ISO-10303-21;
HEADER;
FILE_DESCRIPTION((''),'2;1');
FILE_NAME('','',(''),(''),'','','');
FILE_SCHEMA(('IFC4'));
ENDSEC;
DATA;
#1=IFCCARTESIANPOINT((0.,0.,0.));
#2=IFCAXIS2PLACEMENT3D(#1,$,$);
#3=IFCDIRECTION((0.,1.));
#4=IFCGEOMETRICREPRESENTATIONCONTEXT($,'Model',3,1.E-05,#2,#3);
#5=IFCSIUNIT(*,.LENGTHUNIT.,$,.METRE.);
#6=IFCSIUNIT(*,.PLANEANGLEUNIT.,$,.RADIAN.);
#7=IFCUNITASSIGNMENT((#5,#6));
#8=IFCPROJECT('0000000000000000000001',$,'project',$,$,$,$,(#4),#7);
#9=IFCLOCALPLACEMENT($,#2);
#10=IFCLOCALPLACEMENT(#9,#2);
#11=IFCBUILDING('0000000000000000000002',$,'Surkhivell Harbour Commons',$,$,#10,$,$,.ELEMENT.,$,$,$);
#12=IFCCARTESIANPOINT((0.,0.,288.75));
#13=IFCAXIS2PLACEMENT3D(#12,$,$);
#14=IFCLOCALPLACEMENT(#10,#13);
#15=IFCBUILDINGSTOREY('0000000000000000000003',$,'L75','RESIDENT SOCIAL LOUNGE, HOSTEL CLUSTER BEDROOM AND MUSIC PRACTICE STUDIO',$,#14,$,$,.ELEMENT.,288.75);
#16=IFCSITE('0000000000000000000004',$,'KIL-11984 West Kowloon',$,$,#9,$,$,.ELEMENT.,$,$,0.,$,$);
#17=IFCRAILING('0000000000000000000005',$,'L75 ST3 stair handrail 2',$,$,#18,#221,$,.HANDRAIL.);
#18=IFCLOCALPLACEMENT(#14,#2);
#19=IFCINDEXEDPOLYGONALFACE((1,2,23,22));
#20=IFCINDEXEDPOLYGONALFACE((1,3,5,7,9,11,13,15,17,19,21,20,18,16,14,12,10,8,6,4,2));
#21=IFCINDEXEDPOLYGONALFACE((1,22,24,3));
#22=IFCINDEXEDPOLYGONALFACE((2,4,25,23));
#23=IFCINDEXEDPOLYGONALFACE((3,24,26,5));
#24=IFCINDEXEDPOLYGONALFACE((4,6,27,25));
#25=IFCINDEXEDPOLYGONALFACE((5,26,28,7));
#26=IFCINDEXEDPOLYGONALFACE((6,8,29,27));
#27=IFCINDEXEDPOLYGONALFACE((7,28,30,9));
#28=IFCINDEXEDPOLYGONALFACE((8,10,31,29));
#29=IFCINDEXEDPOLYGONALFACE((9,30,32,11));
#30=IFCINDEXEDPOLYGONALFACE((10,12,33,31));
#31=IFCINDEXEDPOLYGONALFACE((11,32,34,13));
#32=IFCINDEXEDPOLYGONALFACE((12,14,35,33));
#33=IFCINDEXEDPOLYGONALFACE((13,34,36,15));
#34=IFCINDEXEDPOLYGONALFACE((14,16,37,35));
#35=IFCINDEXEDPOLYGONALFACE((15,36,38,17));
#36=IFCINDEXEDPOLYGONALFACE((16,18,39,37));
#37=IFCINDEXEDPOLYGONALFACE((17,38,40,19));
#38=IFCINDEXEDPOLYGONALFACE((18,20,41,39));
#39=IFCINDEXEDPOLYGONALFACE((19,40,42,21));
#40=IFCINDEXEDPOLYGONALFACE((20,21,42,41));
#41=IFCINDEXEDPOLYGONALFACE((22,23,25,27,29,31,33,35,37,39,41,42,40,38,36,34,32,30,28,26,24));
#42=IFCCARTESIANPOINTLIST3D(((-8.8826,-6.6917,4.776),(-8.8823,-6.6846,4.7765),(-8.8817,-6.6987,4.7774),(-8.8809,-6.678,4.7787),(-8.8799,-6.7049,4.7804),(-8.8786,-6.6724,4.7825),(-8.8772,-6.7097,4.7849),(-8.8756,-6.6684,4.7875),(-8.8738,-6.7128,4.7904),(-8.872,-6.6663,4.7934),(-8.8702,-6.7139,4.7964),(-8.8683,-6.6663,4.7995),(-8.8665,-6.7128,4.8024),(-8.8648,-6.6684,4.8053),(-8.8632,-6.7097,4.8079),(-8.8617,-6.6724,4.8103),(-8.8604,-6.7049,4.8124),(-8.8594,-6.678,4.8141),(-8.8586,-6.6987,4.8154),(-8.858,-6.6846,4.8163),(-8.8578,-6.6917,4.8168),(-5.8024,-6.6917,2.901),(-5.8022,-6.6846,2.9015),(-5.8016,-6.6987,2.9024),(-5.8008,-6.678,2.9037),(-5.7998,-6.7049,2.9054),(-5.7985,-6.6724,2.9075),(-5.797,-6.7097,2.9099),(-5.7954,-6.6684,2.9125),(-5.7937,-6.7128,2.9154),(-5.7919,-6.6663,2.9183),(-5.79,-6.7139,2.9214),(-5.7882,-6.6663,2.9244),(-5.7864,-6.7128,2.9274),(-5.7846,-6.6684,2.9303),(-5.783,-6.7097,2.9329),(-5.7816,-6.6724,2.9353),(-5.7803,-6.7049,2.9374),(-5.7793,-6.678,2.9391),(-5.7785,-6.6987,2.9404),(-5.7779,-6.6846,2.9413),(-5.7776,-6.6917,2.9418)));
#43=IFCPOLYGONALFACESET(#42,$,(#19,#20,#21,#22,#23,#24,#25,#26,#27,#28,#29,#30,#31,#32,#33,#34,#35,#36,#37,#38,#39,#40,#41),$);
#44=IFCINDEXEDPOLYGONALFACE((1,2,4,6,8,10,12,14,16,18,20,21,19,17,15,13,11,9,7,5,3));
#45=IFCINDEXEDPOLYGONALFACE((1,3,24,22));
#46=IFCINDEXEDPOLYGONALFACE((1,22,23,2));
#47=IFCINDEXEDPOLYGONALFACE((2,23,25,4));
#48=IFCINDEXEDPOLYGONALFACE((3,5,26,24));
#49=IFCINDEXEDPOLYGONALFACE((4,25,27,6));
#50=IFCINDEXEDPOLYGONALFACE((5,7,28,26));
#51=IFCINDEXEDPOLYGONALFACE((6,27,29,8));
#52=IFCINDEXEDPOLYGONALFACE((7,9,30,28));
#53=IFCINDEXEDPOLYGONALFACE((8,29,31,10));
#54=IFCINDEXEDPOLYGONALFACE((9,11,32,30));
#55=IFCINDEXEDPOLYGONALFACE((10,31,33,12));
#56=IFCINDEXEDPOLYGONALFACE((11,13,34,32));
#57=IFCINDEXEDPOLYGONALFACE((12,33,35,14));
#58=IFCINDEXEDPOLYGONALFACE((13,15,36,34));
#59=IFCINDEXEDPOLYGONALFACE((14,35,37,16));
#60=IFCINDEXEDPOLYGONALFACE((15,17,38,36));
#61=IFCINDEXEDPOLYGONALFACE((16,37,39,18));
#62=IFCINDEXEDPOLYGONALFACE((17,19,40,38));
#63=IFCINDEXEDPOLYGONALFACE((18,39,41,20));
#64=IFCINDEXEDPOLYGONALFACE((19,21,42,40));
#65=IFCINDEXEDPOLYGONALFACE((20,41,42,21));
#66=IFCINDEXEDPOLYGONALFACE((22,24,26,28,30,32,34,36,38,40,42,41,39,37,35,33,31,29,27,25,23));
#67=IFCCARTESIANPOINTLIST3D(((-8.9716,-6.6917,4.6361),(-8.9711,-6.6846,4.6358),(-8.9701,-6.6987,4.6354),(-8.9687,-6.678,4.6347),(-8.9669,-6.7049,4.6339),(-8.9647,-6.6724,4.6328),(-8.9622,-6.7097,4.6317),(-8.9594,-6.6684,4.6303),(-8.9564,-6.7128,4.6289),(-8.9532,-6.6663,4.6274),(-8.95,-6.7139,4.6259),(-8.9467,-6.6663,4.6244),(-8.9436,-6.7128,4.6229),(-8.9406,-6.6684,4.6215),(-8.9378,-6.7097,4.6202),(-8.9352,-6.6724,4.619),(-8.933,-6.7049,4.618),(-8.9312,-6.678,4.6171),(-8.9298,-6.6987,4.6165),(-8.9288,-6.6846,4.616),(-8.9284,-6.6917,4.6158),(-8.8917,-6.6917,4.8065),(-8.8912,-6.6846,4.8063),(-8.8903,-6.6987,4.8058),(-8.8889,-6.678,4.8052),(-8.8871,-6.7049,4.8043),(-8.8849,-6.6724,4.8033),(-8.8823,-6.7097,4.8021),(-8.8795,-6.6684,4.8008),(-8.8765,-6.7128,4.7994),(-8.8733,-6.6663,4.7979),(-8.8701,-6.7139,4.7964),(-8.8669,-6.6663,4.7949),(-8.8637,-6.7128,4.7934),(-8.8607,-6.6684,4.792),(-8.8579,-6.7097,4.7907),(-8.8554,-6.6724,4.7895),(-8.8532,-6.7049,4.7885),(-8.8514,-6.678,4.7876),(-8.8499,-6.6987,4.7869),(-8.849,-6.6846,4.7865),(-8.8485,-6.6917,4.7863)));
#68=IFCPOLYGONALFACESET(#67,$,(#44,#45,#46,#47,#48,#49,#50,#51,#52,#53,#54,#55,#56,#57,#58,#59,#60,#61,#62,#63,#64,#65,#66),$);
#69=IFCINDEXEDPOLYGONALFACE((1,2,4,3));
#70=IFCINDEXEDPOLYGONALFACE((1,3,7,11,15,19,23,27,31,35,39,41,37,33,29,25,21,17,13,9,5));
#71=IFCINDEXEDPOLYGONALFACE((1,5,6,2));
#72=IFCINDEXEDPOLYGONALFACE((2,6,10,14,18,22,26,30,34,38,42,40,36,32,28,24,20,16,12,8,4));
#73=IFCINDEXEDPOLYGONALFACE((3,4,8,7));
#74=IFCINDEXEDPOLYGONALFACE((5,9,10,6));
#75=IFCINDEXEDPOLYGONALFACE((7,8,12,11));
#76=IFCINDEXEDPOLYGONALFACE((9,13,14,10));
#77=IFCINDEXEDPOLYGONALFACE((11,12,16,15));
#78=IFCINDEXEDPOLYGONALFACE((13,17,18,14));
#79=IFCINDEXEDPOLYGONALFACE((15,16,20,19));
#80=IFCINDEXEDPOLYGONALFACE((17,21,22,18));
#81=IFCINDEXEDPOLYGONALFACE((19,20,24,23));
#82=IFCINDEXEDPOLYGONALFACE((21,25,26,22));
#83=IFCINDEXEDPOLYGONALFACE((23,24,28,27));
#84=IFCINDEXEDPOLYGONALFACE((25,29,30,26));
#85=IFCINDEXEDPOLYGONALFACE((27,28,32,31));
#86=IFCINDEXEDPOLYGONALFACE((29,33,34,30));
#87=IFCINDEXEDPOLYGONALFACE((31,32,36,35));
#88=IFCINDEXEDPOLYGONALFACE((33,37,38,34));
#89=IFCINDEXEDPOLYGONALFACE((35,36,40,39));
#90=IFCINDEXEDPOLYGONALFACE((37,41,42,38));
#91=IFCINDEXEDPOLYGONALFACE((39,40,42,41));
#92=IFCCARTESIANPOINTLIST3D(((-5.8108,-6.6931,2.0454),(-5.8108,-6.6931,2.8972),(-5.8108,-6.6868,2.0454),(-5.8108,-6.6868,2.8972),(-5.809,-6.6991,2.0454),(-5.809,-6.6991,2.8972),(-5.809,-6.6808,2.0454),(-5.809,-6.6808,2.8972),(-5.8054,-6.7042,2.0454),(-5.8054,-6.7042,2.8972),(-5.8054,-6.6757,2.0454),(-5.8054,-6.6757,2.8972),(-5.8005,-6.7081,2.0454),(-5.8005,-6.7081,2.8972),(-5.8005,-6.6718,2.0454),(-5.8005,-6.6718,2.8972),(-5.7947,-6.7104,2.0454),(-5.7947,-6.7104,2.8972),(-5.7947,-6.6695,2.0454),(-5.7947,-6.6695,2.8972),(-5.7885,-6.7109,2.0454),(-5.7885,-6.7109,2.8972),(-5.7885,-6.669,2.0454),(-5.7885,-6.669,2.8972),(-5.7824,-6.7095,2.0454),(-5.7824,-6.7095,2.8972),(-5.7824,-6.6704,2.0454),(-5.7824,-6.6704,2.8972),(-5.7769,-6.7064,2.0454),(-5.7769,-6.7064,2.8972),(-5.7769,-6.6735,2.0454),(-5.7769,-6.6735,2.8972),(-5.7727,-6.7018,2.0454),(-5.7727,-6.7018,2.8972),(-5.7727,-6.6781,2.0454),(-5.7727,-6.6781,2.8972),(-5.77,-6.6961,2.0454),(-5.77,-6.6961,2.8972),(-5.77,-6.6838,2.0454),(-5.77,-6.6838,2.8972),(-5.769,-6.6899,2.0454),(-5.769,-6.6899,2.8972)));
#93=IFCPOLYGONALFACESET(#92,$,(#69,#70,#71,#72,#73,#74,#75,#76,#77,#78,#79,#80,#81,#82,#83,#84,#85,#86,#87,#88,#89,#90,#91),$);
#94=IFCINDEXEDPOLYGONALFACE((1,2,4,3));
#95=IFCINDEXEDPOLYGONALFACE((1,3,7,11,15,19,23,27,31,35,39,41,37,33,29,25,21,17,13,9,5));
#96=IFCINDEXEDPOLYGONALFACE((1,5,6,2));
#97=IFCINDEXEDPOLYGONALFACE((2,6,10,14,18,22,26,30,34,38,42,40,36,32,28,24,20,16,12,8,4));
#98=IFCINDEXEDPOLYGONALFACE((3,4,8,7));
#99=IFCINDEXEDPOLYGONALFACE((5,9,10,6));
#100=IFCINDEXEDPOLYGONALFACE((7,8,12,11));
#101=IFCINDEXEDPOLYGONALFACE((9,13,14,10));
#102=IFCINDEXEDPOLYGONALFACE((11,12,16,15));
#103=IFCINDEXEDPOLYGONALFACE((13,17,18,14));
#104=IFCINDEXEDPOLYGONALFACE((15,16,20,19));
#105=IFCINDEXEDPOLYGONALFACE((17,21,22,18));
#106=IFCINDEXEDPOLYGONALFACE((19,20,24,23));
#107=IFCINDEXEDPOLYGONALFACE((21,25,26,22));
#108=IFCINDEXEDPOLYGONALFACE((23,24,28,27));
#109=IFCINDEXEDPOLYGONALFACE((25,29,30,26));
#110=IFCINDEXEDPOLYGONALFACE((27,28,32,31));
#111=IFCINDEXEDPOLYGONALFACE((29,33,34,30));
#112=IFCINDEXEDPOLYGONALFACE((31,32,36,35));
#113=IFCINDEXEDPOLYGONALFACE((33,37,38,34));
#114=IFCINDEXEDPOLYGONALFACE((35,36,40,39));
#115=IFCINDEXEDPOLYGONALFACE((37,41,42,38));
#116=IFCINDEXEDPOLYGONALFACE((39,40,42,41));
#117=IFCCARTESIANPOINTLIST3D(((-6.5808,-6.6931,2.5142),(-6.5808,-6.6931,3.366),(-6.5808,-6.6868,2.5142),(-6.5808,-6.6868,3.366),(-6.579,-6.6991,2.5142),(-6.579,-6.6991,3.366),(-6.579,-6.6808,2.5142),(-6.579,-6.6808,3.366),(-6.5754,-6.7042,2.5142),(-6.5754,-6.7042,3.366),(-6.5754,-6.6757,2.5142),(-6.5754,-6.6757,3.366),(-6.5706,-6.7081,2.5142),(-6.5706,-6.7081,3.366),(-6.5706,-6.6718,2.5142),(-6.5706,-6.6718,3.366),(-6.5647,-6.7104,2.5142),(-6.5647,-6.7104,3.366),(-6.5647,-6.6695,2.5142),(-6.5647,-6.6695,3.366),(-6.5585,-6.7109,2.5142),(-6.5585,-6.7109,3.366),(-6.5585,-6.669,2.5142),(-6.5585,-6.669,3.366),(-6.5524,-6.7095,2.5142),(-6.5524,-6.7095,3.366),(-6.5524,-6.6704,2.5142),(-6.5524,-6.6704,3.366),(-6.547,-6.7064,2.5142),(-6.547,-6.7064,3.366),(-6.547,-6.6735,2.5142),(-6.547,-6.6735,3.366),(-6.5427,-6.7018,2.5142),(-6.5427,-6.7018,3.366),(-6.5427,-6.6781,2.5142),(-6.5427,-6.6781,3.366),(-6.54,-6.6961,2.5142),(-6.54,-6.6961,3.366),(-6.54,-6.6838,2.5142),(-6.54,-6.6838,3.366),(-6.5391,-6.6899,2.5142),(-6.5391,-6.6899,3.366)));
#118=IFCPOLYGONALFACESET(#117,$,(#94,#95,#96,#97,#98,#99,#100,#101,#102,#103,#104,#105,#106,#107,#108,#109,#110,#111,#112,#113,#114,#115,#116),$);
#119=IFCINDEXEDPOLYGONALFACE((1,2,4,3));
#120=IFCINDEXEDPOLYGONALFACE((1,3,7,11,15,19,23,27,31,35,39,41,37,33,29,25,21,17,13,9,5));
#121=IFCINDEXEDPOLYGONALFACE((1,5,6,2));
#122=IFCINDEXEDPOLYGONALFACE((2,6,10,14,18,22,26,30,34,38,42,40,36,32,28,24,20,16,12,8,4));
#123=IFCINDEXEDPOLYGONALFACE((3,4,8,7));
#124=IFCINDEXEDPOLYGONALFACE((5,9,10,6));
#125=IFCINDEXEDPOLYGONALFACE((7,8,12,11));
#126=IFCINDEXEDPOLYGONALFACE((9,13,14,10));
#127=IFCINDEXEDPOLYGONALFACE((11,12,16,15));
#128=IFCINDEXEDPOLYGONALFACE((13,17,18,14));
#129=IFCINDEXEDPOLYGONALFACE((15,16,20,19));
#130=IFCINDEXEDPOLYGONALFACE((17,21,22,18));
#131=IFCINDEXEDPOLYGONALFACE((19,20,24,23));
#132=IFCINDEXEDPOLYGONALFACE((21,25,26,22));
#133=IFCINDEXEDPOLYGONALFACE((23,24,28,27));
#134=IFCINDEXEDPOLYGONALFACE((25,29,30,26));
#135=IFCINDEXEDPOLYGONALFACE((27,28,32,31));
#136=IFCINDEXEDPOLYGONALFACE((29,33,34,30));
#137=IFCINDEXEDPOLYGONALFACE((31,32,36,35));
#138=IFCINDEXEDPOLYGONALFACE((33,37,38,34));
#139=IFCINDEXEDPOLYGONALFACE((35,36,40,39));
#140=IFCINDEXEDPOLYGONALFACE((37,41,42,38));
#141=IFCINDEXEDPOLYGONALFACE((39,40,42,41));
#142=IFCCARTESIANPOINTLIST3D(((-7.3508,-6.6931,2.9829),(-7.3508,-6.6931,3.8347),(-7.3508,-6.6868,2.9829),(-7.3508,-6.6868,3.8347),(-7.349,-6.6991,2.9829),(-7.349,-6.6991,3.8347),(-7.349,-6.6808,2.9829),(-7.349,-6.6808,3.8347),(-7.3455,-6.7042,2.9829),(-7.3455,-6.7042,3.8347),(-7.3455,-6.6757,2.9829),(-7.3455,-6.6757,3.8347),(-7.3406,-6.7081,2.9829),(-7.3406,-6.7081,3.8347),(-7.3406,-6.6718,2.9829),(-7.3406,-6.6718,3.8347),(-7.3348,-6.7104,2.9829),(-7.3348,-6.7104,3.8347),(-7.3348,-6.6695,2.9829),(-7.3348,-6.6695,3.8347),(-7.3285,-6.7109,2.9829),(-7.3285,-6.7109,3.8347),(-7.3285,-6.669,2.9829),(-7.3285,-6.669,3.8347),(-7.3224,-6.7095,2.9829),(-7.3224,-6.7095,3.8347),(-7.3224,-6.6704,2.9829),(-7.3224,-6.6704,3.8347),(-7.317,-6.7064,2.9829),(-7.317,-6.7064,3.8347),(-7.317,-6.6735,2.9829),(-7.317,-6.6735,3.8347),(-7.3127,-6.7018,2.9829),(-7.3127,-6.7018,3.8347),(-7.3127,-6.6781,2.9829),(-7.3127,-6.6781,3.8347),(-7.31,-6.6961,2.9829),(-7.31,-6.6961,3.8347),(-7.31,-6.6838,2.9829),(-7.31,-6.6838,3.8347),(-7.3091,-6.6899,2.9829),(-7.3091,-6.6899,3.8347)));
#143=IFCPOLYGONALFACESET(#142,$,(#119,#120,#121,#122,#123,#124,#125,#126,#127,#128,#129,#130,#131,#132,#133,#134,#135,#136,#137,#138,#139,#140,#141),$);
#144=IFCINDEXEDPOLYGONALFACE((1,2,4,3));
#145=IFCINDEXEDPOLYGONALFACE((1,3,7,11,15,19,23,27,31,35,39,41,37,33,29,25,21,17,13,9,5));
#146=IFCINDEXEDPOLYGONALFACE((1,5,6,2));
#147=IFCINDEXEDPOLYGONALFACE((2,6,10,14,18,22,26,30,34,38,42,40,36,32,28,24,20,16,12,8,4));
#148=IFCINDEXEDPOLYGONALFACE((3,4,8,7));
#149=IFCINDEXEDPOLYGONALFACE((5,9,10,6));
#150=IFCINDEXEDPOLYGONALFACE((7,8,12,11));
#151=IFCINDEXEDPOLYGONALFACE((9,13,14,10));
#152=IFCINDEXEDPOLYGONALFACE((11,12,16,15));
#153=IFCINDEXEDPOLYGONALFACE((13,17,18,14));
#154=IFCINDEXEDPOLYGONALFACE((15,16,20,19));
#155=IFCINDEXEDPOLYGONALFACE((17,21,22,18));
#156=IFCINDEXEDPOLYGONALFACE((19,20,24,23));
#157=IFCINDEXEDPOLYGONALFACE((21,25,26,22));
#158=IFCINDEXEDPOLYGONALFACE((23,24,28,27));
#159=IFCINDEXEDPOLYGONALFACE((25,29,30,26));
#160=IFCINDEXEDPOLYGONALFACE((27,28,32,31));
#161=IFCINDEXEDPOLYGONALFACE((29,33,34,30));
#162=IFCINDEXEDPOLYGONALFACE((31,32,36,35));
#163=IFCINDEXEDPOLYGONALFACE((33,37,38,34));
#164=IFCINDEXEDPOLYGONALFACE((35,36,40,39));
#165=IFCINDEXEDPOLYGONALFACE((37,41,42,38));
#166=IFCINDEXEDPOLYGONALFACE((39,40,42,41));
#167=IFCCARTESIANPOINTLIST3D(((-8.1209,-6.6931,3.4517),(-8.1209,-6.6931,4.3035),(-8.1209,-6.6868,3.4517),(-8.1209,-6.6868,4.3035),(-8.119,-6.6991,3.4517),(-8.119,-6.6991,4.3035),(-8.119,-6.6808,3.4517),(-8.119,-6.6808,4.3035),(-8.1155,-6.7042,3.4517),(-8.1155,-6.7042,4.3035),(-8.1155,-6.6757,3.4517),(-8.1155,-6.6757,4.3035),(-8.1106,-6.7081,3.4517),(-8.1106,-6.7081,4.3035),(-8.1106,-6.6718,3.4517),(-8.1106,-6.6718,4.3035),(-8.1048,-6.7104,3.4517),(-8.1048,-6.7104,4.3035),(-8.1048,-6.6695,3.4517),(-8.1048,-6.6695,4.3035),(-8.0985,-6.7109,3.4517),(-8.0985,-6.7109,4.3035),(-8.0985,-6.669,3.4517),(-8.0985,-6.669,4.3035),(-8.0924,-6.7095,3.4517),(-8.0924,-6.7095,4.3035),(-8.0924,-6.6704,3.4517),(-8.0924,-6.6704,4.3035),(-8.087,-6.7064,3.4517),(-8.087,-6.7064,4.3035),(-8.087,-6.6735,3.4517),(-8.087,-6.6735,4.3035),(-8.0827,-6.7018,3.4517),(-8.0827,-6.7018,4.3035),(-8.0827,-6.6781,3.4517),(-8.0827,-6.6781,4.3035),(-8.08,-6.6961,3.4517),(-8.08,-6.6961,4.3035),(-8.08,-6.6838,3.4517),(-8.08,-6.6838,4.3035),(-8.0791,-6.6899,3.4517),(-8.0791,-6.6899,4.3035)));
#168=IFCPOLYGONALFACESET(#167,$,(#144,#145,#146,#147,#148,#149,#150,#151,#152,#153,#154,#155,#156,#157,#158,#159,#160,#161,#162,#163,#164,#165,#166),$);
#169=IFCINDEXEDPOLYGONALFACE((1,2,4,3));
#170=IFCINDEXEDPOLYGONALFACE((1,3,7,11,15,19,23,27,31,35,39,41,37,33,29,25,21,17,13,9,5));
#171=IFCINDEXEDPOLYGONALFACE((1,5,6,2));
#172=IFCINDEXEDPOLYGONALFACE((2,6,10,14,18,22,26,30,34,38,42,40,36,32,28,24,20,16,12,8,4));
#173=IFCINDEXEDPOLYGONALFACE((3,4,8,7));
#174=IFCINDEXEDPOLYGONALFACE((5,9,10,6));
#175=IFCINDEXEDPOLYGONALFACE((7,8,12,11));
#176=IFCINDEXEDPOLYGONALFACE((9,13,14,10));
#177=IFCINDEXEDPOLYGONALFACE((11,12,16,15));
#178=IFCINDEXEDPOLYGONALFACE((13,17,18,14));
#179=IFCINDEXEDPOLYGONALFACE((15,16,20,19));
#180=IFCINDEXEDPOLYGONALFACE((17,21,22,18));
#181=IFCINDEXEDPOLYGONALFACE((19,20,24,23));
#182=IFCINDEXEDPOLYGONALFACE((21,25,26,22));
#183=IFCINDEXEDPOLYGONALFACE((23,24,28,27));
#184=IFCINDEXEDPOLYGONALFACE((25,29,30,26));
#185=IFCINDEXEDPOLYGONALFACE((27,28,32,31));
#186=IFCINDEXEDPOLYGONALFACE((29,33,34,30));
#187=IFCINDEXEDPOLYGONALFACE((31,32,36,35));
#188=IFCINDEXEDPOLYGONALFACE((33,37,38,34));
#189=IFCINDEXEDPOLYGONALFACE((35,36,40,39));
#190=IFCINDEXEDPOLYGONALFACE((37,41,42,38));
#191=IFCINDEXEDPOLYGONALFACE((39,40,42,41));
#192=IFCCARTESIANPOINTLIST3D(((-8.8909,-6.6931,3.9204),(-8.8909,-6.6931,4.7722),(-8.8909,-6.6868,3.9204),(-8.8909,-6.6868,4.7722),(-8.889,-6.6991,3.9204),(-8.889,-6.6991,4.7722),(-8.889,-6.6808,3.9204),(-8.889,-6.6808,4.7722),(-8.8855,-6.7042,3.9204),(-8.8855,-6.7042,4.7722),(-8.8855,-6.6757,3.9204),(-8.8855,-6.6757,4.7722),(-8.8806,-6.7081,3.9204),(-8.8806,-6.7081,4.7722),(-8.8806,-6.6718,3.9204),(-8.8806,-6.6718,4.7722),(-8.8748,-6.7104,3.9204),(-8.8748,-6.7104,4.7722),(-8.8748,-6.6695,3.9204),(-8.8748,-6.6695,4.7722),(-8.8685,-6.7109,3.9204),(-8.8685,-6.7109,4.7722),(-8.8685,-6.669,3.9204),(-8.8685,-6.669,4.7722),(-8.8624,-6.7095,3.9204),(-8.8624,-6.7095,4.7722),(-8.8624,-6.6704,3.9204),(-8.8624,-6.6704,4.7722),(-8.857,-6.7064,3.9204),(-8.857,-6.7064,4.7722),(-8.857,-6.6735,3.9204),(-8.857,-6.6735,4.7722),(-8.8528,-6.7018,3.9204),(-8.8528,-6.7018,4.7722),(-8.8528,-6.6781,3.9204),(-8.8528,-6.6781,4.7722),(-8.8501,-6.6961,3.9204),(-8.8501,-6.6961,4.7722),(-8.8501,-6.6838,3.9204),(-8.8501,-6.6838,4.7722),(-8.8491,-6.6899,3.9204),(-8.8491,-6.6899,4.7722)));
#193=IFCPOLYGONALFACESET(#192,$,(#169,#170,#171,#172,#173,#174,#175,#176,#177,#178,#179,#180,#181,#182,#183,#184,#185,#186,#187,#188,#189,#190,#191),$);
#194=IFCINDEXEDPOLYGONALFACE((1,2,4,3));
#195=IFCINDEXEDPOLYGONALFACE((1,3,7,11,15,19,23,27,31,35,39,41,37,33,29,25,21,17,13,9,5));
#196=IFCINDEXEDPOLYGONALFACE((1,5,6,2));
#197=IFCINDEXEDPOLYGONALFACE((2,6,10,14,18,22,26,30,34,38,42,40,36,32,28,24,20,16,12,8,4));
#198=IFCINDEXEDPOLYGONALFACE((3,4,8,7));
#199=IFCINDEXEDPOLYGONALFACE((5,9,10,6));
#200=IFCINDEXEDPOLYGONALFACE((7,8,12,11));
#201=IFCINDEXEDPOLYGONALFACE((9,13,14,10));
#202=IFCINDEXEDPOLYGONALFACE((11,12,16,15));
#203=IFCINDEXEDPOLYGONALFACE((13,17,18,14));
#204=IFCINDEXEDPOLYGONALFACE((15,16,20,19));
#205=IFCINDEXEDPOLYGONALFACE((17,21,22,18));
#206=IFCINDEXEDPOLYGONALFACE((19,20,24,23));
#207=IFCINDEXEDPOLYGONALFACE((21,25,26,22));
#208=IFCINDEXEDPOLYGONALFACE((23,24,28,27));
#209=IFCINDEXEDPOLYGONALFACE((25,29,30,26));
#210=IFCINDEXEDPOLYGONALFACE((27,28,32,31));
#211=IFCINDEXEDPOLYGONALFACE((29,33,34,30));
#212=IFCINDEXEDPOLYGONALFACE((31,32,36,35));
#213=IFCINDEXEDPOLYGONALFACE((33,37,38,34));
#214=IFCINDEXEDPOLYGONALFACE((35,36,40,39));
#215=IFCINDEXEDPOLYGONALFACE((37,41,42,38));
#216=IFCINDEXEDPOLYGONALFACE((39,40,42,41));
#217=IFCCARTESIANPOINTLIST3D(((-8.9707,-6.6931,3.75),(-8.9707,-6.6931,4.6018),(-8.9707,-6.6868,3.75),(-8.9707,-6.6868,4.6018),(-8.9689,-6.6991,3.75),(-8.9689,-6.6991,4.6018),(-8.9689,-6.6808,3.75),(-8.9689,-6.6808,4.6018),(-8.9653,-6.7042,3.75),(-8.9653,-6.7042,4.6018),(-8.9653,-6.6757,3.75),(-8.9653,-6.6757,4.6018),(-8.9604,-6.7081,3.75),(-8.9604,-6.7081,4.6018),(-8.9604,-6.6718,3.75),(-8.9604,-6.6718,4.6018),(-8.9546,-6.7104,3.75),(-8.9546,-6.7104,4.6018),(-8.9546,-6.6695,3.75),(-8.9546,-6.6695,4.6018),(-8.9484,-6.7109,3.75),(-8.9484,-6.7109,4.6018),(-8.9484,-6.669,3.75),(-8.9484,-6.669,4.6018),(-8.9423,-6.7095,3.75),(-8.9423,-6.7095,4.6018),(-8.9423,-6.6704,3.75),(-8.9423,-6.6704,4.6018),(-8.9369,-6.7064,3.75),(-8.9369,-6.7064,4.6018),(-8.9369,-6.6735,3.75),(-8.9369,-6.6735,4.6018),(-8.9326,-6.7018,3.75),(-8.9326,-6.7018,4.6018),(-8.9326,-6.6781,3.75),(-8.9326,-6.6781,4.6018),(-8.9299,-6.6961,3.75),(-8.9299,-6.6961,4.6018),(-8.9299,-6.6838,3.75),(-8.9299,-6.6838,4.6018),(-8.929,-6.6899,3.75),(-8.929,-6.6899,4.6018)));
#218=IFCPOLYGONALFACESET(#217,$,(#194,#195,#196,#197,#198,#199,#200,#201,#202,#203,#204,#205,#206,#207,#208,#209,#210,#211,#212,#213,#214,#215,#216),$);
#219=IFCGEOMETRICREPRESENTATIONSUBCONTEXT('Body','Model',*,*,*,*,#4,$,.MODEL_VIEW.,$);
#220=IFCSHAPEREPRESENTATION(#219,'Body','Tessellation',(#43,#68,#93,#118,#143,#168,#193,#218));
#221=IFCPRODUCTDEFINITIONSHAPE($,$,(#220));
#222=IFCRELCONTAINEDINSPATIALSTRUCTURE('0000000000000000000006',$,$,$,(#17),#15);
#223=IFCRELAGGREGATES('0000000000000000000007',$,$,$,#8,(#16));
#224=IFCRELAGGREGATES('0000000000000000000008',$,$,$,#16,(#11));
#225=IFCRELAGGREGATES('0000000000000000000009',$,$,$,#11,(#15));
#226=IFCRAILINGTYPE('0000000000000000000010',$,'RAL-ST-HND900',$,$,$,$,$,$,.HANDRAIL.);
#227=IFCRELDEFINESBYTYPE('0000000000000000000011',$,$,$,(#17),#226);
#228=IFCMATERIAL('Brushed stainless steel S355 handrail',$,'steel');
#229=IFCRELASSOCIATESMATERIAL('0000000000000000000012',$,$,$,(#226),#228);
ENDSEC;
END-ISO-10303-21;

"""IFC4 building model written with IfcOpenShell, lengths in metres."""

from ifc_helpers import new_model, si_unit, direction, frame, origin, origin_2d, place, context, subcontext, project, spatial, circle, extrude, material, type_object, element, save


model = new_model("IFC4")

# Units and contexts
model_context = context("Model", 3, precision=1e-05, world=origin(), true_north=direction((0.0, 1.0)))
body_context = subcontext(model_context, "Body", "Model", "MODEL_VIEW")
ifc_project = project(units=[si_unit("LENGTHUNIT", "METRE"), si_unit("PLANEANGLEUNIT", "RADIAN")], contexts=[model_context])

# Site, building, storey
site_placement = place(None, origin())
site = spatial("IfcSite", under=ifc_project, at=site_placement, Name="KIL-11984 West Kowloon", CompositionType="ELEMENT", RefElevation=0.0)
building_placement = place(site_placement, origin())
building = spatial("IfcBuilding", under=site, at=building_placement, Name="Surkhivell Harbour Commons", CompositionType="ELEMENT")
storey_placement = place(building_placement, frame((0.0, 0.0, 288.75)))
storey = spatial("IfcBuildingStorey", under=building, at=storey_placement, Name="L75", Description="RESIDENT SOCIAL LOUNGE, HOSTEL CLUSTER BEDROOM AND MUSIC PRACTICE STUDIO", CompositionType="ELEMENT", Elevation=288.75)

# Railing
ifc_material_1 = material(Name="Brushed stainless steel S355 handrail", Category="steel")
railing_type_1 = type_object("IfcRailingType", Name="RAL-ST-HND900", PredefinedType="HANDRAIL", material=ifc_material_1)
railing_1_placement = place(storey_placement, frame((-5.79, -6.6899, 2.0454)))
element("IfcRailing", 1, at=railing_1_placement, inside=storey, type_object=railing_type_1, Name="L75 ST3 stair handrail 2", PredefinedType="HANDRAIL", context=body_context, shape_type="SweptSolid", body=[
    extrude(circle(Radius=0.0239, at=origin_2d()), frame((0.0, 0.0, 0.876), z_axis=(-0.854178, 0.0, 0.519981), x_axis=(0.0, -1.0, 0.0)), (0.0, 0.0, 1.0), 3.606),
    extrude(circle(Radius=0.0239, at=origin_2d()), frame((-3.0801, 0.0, 2.751), z_axis=(-0.424234, 0.0, -0.905552), x_axis=(0.0, -1.0, 0.0)), (0.0, 0.0, 1.0), 0.1882),
    extrude(circle(Radius=0.021, at=origin_2d()), origin(), (0.0, 0.0, 1.0), 0.8518),
    extrude(circle(Radius=0.021, at=origin_2d()), frame((-0.77, 0.0, 0.4688)), (0.0, 0.0, 1.0), 0.8518),
    extrude(circle(Radius=0.021, at=origin_2d()), frame((-1.54, 0.0, 0.9375)), (0.0, 0.0, 1.0), 0.8518),
    extrude(circle(Radius=0.021, at=origin_2d()), frame((-2.3101, 0.0, 1.4062)), (0.0, 0.0, 1.0), 0.8518),
    extrude(circle(Radius=0.021, at=origin_2d()), frame((-3.0801, 0.0, 1.875)), (0.0, 0.0, 1.0), 0.8518),
    extrude(circle(Radius=0.021, at=origin_2d()), frame((-3.1599, 0.0, 1.7046)), (0.0, 0.0, 1.0), 0.8518),
])

save(model, "model.ifc")
